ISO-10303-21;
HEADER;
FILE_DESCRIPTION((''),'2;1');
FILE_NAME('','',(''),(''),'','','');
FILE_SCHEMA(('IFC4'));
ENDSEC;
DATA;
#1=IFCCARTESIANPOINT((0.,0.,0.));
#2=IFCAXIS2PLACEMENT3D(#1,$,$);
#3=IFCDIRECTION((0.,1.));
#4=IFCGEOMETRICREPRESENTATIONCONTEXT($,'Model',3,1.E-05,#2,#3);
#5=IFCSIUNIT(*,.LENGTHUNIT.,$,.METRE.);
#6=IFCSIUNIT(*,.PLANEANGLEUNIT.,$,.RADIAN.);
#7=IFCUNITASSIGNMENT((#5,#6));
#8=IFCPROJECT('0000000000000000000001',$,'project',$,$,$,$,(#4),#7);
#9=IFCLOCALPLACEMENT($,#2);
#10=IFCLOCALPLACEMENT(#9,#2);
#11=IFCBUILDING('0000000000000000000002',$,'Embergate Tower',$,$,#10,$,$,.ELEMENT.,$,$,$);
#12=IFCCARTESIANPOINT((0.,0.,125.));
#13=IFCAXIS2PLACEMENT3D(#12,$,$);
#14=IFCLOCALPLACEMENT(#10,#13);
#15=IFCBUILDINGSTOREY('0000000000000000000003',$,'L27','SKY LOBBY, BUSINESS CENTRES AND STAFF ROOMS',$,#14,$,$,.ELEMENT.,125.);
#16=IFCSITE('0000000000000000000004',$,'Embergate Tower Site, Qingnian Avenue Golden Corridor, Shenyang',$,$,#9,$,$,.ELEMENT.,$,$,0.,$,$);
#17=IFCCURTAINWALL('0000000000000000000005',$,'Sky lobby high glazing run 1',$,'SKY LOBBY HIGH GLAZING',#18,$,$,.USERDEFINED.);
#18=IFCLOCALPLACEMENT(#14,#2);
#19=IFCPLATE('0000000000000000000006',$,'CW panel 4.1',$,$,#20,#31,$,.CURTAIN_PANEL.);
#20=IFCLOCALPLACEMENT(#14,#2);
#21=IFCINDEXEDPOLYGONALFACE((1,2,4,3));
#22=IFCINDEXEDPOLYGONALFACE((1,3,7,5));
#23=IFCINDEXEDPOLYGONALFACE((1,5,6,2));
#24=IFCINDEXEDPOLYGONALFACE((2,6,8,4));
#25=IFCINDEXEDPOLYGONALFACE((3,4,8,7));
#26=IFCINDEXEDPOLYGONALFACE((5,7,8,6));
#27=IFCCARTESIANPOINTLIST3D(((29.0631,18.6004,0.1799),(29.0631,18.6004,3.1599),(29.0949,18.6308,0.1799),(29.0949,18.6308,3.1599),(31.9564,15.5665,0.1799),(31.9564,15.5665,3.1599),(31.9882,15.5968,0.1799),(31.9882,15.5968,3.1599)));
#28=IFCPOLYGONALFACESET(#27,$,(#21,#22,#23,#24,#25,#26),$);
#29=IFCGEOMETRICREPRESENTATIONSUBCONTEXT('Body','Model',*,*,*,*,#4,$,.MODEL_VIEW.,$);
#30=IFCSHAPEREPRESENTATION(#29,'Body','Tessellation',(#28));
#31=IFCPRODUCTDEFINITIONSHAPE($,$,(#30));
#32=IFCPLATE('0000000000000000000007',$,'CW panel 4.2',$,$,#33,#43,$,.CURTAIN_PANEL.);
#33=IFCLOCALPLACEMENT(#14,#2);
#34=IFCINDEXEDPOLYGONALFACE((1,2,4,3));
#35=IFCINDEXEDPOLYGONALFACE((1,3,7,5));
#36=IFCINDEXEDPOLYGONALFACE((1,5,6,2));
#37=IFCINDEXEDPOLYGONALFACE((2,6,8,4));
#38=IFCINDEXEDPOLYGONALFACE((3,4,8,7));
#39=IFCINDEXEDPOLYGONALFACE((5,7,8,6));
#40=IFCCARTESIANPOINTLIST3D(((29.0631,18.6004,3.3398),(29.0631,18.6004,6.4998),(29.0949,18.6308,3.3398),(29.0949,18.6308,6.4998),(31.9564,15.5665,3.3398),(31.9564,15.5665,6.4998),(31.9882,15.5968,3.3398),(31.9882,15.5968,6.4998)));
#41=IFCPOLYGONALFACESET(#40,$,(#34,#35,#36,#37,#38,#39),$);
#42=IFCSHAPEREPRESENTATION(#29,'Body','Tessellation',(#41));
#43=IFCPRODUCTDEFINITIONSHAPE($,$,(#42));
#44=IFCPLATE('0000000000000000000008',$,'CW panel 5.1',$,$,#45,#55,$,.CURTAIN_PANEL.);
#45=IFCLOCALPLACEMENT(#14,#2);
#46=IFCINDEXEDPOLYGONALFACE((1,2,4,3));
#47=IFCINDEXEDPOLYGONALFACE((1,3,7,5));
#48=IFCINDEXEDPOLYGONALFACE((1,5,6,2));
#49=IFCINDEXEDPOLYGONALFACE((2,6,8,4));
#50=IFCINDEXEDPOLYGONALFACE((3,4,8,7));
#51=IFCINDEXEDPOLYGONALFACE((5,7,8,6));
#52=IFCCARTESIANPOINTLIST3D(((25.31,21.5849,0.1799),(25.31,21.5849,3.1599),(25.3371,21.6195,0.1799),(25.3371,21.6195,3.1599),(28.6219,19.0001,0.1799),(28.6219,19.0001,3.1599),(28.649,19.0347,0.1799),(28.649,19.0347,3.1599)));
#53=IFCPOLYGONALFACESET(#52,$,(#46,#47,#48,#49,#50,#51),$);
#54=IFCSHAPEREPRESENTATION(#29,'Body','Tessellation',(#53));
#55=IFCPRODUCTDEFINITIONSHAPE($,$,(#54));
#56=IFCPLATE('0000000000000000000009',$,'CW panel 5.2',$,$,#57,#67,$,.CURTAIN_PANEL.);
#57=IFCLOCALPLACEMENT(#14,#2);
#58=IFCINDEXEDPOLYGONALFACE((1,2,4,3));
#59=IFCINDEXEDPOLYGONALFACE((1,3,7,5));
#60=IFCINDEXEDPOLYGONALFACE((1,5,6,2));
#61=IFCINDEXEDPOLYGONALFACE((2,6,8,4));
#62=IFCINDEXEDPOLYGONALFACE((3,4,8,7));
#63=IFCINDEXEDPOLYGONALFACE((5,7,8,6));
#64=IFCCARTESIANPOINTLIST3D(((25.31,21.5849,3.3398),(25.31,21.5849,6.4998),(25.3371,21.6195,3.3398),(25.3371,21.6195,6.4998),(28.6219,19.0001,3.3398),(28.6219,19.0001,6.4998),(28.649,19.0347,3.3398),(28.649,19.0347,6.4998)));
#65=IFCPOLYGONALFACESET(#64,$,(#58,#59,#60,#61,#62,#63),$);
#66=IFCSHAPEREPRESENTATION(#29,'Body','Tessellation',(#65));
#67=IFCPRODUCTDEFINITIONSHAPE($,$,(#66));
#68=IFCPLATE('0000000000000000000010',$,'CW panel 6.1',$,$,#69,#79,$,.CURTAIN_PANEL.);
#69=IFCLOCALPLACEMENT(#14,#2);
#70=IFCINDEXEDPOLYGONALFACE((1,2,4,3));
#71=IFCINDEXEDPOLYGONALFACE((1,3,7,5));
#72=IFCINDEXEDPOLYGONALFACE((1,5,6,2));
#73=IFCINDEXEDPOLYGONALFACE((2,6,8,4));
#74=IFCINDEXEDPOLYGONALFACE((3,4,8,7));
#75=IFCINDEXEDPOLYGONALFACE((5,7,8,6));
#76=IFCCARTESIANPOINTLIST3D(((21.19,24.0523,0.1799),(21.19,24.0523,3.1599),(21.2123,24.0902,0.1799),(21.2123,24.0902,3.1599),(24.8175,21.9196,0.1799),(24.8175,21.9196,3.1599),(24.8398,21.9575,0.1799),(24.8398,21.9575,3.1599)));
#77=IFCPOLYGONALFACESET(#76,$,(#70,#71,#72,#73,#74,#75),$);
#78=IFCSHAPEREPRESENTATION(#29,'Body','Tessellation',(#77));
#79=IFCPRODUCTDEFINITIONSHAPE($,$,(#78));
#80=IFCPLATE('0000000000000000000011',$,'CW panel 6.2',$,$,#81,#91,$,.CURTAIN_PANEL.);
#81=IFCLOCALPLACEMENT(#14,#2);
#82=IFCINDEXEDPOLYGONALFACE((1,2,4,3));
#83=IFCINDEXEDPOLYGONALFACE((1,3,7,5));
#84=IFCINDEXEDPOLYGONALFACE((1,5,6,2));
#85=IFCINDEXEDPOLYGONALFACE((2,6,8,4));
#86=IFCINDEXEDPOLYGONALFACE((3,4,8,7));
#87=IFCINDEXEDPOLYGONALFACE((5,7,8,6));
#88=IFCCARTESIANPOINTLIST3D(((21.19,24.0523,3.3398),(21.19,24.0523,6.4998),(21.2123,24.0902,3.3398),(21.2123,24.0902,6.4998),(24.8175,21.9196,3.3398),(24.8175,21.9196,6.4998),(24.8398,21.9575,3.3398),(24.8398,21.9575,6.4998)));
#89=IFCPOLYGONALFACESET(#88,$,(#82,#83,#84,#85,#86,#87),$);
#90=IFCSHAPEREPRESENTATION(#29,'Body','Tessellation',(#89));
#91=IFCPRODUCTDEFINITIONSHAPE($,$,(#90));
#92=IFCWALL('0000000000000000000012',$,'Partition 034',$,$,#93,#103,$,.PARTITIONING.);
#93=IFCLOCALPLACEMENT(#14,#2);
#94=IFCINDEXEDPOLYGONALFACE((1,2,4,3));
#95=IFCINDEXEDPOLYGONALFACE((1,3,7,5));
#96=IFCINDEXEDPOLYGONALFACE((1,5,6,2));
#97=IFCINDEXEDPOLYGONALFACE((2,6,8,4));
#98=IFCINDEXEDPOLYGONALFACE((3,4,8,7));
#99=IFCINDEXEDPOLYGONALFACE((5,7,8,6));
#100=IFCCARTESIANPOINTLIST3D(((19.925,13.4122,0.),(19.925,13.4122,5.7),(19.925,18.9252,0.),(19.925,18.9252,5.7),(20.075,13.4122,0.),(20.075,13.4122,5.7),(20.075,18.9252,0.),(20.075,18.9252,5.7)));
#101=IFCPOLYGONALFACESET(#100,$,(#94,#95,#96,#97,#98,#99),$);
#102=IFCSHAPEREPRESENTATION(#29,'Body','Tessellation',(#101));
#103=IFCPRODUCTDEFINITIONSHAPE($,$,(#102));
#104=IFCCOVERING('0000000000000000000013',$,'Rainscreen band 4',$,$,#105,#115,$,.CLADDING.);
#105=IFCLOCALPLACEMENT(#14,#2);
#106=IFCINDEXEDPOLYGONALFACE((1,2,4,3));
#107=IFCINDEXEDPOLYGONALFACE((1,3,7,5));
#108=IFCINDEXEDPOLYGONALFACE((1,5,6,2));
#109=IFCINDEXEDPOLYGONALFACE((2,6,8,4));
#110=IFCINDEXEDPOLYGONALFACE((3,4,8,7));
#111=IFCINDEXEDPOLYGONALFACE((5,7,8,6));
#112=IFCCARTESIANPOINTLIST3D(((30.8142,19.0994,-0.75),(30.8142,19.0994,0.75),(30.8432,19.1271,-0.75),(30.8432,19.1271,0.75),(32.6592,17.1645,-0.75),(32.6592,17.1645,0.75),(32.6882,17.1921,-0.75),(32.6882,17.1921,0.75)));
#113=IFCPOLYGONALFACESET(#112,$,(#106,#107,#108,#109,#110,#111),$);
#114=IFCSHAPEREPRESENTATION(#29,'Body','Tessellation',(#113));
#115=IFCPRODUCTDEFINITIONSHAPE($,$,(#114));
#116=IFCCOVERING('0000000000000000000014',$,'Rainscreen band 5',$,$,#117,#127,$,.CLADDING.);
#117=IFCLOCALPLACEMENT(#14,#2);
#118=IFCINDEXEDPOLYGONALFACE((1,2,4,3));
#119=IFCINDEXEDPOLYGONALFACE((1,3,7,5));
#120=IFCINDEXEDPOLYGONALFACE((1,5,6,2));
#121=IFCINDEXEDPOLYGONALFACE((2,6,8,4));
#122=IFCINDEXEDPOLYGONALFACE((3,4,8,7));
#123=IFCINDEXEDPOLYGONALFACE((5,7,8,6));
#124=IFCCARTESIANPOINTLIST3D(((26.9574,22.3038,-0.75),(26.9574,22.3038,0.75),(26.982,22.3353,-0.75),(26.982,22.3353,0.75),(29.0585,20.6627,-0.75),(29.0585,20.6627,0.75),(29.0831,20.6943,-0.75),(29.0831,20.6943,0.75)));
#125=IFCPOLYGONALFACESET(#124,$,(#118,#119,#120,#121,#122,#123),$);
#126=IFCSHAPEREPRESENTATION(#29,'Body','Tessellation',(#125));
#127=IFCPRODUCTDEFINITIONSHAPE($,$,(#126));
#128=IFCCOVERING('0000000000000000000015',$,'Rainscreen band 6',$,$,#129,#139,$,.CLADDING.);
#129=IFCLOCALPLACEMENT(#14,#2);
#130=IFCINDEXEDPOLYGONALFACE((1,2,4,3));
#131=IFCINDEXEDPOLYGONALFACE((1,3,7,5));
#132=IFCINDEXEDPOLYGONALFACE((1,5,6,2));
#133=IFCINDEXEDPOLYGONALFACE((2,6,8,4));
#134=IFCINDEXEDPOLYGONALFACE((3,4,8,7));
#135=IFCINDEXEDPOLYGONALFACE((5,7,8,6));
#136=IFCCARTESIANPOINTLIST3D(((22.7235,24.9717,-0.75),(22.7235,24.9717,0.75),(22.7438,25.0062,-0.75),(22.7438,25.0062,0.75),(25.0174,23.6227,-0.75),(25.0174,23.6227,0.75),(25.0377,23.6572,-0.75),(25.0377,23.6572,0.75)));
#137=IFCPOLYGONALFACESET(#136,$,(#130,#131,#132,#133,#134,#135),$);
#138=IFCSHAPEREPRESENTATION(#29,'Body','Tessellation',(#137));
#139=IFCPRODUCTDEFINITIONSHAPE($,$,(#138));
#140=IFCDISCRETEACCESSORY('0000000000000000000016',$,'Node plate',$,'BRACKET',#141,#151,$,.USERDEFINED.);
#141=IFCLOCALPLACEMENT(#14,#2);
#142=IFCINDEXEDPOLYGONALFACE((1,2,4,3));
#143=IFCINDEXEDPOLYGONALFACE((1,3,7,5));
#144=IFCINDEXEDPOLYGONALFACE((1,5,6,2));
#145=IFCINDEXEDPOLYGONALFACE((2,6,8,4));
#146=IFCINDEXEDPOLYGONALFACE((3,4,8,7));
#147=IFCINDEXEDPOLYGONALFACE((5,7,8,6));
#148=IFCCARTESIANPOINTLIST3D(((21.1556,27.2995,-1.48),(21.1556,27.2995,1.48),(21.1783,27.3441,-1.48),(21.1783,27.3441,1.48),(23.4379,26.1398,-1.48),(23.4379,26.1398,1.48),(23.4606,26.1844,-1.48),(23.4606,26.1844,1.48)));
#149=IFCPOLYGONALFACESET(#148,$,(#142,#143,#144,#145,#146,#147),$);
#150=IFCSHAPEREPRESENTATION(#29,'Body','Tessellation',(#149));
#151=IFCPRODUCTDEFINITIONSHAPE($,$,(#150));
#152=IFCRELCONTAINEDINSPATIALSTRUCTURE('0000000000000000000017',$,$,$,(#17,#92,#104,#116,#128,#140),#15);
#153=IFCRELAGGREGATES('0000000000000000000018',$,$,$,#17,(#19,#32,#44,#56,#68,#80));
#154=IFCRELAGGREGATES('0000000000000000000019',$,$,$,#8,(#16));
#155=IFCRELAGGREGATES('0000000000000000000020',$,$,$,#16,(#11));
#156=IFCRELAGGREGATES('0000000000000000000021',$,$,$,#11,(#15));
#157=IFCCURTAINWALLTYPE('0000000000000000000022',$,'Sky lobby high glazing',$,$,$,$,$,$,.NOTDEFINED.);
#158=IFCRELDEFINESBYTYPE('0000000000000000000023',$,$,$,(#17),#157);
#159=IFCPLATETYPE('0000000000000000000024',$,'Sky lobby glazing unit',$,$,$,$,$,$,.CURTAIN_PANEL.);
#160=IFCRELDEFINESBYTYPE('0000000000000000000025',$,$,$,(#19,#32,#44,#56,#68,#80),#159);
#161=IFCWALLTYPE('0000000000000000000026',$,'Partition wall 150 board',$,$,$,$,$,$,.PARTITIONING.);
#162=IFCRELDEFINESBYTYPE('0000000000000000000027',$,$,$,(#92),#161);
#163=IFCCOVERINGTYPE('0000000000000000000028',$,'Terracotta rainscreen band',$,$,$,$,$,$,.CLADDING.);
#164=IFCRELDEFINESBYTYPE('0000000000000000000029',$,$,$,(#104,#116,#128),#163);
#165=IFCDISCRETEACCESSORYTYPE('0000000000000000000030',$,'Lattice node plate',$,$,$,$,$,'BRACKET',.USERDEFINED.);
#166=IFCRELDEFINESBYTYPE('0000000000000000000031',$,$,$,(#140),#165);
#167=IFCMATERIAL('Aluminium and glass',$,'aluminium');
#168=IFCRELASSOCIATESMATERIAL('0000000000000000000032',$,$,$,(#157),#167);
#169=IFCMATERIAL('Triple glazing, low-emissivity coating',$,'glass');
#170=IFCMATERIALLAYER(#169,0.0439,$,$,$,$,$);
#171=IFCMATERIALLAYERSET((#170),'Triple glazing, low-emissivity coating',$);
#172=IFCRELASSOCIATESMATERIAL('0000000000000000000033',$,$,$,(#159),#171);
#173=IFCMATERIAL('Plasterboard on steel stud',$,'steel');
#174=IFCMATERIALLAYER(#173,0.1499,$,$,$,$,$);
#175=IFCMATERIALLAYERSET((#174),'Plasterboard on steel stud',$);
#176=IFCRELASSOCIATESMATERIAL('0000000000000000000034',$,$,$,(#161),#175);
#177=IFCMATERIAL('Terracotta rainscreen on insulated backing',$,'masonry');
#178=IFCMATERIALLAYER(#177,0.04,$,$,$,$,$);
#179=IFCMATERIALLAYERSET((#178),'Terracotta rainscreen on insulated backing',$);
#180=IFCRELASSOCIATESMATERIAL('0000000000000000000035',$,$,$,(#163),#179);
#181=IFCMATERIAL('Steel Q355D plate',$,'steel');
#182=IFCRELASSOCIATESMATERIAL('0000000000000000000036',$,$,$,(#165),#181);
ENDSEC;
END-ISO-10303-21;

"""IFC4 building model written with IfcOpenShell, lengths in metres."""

from ifc_helpers import new_model, si_unit, direction, frame, frame_2d, origin, origin_2d, place, context, subcontext, project, spatial, rectangle, extrude, source, transform, mapped, material, layer, layer_set, type_object, element, aggregate, save


model = new_model("IFC4")

# Units and contexts
model_context = context("Model", 3, precision=1e-05, world=origin(), true_north=direction((0.0, 1.0)))
body_context = subcontext(model_context, "Body", "Model", "MODEL_VIEW")
ifc_project = project(units=[si_unit("LENGTHUNIT", "METRE"), si_unit("PLANEANGLEUNIT", "RADIAN")], contexts=[model_context])

# Site, building, storey
site_placement = place(None, origin())
site = spatial("IfcSite", under=ifc_project, at=site_placement, Name="Embergate Tower Site, Qingnian Avenue Golden Corridor, Shenyang", CompositionType="ELEMENT", RefElevation=0.0)
building_placement = place(site_placement, origin())
building = spatial("IfcBuilding", under=site, at=building_placement, Name="Embergate Tower", CompositionType="ELEMENT")
storey_placement = place(building_placement, frame((0.0, 0.0, 125.0)))
storey = spatial("IfcBuildingStorey", under=building, at=storey_placement, Name="L27", Description="SKY LOBBY, BUSINESS CENTRES AND STAFF ROOMS", CompositionType="ELEMENT", Elevation=125.0)

# Curtain wall, plates
ifc_material_1 = material(Name="Aluminium and glass", Category="aluminium")
curtain_wall_type = type_object("IfcCurtainWallType", Name="Sky lobby high glazing", PredefinedType="NOTDEFINED", material=ifc_material_1)
curtain_wall_placement = place(storey_placement, origin())
curtain_wall = element("IfcCurtainWall", 1, at=curtain_wall_placement, inside=storey, type_object=curtain_wall_type, Name="Sky lobby high glazing run 1", ObjectType="SKY LOBBY HIGH GLAZING", PredefinedType="USERDEFINED")
ifc_material_2 = material(Name="Triple glazing, low-emissivity coating", Category="glass")
ifc_layer_1 = layer(ifc_material_2, 0.0439)
ifc_layer_set_1 = layer_set([ifc_layer_1], Name="Triple glazing, low-emissivity coating")
plate_type = type_object("IfcPlateType", Name="Sky lobby glazing unit", PredefinedType="CURTAIN_PANEL", material=ifc_layer_set_1)
shared_shape_1 = source(origin(), body_context, "Body", "SweptSolid", [
    extrude(rectangle(XDim=4.1924, YDim=0.0439, at=origin_2d()), origin(), (0.0, 0.0, 1.0), 2.98),
])
plate_1_placement = place(storey_placement, frame((30.5256, 17.0986, 0.1799), z_axis=(0.0, 0.0, 1.0), x_axis=(-0.690139, 0.723677, 0.0)))
plate_1 = element("IfcPlate", 2, at=plate_1_placement, type_object=plate_type, Name="CW panel 4.1", PredefinedType="CURTAIN_PANEL", context=body_context, shape_type="MappedRepresentation", body=[
    mapped(shared_shape_1, transform((0.0, 0.0, 0.0))),
])
shared_shape_2 = source(origin(), body_context, "Body", "SweptSolid", [
    extrude(rectangle(XDim=4.1924, YDim=0.0439, at=origin_2d()), origin(), (0.0, 0.0, 1.0), 3.1599),
])
plate_2_placement = place(storey_placement, frame((30.5256, 17.0986, 3.3398), z_axis=(0.0, 0.0, 1.0), x_axis=(-0.690139, 0.723677, 0.0)))
plate_2 = element("IfcPlate", 3, at=plate_2_placement, type_object=plate_type, Name="CW panel 4.2", PredefinedType="CURTAIN_PANEL", context=body_context, shape_type="MappedRepresentation", body=[
    mapped(shared_shape_2, transform((0.0, 0.0, 0.0))),
])
shared_shape_3 = source(origin(), body_context, "Body", "SweptSolid", [
    extrude(rectangle(XDim=4.2012, YDim=0.0439, at=origin_2d()), origin(), (0.0, 0.0, 1.0), 2.98),
])
plate_3_placement = place(storey_placement, frame((26.9795, 20.3098, 0.1799), z_axis=(0.0, 0.0, 1.0), x_axis=(-0.788323, 0.615261, 0.0)))
plate_3 = element("IfcPlate", 4, at=plate_3_placement, type_object=plate_type, Name="CW panel 5.1", PredefinedType="CURTAIN_PANEL", context=body_context, shape_type="MappedRepresentation", body=[
    mapped(shared_shape_3, transform((0.0, 0.0, 0.0))),
])
shared_shape_4 = source(origin(), body_context, "Body", "SweptSolid", [
    extrude(rectangle(XDim=4.2012, YDim=0.0439, at=origin_2d()), origin(), (0.0, 0.0, 1.0), 3.1599),
])
plate_4_placement = place(storey_placement, frame((26.9795, 20.3098, 3.3398), z_axis=(0.0, 0.0, 1.0), x_axis=(-0.788323, 0.615261, 0.0)))
plate_4 = element("IfcPlate", 5, at=plate_4_placement, type_object=plate_type, Name="CW panel 5.2", PredefinedType="CURTAIN_PANEL", context=body_context, shape_type="MappedRepresentation", body=[
    mapped(shared_shape_4, transform((0.0, 0.0, 0.0))),
])
shared_shape_5 = source(origin(), body_context, "Body", "SweptSolid", [
    extrude(rectangle(XDim=4.208, YDim=0.0439, at=origin_2d()), origin(), (0.0, 0.0, 1.0), 2.98),
])
plate_5_placement = place(storey_placement, frame((23.0149, 23.0049, 0.1799), z_axis=(0.0, 0.0, 1.0), x_axis=(-0.862055, 0.506815, 0.0)))
plate_5 = element("IfcPlate", 6, at=plate_5_placement, type_object=plate_type, Name="CW panel 6.1", PredefinedType="CURTAIN_PANEL", context=body_context, shape_type="MappedRepresentation", body=[
    mapped(shared_shape_5, transform((0.0, 0.0, 0.0))),
])
shared_shape_6 = source(origin(), body_context, "Body", "SweptSolid", [
    extrude(rectangle(XDim=4.208, YDim=0.0439, at=origin_2d()), origin(), (0.0, 0.0, 1.0), 3.1599),
])
plate_6_placement = place(storey_placement, frame((23.0149, 23.0049, 3.3398), z_axis=(0.0, 0.0, 1.0), x_axis=(-0.862055, 0.506815, 0.0)))
plate_6 = element("IfcPlate", 7, at=plate_6_placement, type_object=plate_type, Name="CW panel 6.2", PredefinedType="CURTAIN_PANEL", context=body_context, shape_type="MappedRepresentation", body=[
    mapped(shared_shape_6, transform((0.0, 0.0, 0.0))),
])
aggregate(curtain_wall, [plate_1, plate_2, plate_3, plate_4, plate_5, plate_6])

# Wall
ifc_material_3 = material(Name="Plasterboard on steel stud", Category="steel")
ifc_layer_2 = layer(ifc_material_3, 0.1499)
ifc_layer_set_2 = layer_set([ifc_layer_2], Name="Plasterboard on steel stud")
wall_type = type_object("IfcWallType", Name="Partition wall 150 board", PredefinedType="PARTITIONING", material=ifc_layer_set_2)
shared_shape_7 = source(origin(), body_context, "Body", "SweptSolid", [
    extrude(rectangle(XDim=5.5129, YDim=0.1499, at=frame_2d((2.7563, 0.0))), origin(), (0.0, 0.0, 1.0), 5.7),
])
wall_placement = place(storey_placement, frame((20.0, 18.925, 0.0), z_axis=(0.0, 0.0, 1.0), x_axis=(0.0, -1.0, 0.0)))
element("IfcWall", 8, at=wall_placement, inside=storey, type_object=wall_type, Name="Partition 034", PredefinedType="PARTITIONING", context=body_context, shape_type="MappedRepresentation", body=[
    mapped(shared_shape_7, transform((0.0, 0.0, 0.0))),
])

# Coverings
ifc_material_4 = material(Name="Terracotta rainscreen on insulated backing", Category="masonry")
ifc_layer_3 = layer(ifc_material_4, 0.04)
ifc_layer_set_3 = layer_set([ifc_layer_3], Name="Terracotta rainscreen on insulated backing")
covering_type = type_object("IfcCoveringType", Name="Terracotta rainscreen band", PredefinedType="CLADDING", material=ifc_layer_set_3)
shared_shape_8 = source(origin(), body_context, "Body", "SweptSolid", [
    extrude(rectangle(XDim=2.6736, YDim=0.04, at=origin_2d()), origin(), (0.0, 0.0, 1.0), 1.5),
])
covering_1_placement = place(storey_placement, frame((31.7512, 18.1458, -0.75), z_axis=(0.0, 0.0, 1.0), x_axis=(-0.690076, 0.723737, 0.0)))
element("IfcCovering", 9, at=covering_1_placement, inside=storey, type_object=covering_type, Name="Rainscreen band 4", PredefinedType="CLADDING", context=body_context, shape_type="MappedRepresentation", body=[
    mapped(shared_shape_8, transform((0.0, 0.0, 0.0))),
])
shared_shape_9 = source(origin(), body_context, "Body", "SweptSolid", [
    extrude(rectangle(XDim=2.666, YDim=0.04, at=origin_2d()), origin(), (0.0, 0.0, 1.0), 1.5),
])
covering_2_placement = place(storey_placement, frame((28.0203, 21.499, -0.75), z_axis=(0.0, 0.0, 1.0), x_axis=(-0.788098, 0.61555, 0.0)))
element("IfcCovering", 10, at=covering_2_placement, inside=storey, type_object=covering_type, Name="Rainscreen band 5", PredefinedType="CLADDING", context=body_context, shape_type="MappedRepresentation", body=[
    mapped(shared_shape_9, transform((0.0, 0.0, 0.0))),
])
shared_shape_10 = source(origin(), body_context, "Body", "SweptSolid", [
    extrude(rectangle(XDim=2.6611, YDim=0.04, at=origin_2d()), origin(), (0.0, 0.0, 1.0), 1.5),
])
covering_3_placement = place(storey_placement, frame((23.8806, 24.3145, -0.75), z_axis=(0.0, 0.0, 1.0), x_axis=(-0.862002, 0.506905, 0.0)))
element("IfcCovering", 11, at=covering_3_placement, inside=storey, type_object=covering_type, Name="Rainscreen band 6", PredefinedType="CLADDING", context=body_context, shape_type="MappedRepresentation", body=[
    mapped(shared_shape_10, transform((0.0, 0.0, 0.0))),
])

# Discrete accessory
ifc_material_5 = material(Name="Steel Q355D plate", Category="steel")
discrete_accessory_type = type_object("IfcDiscreteAccessoryType", Name="Lattice node plate", ElementType="BRACKET", PredefinedType="USERDEFINED", material=ifc_material_5)
shared_shape_11 = source(origin(), body_context, "Body", "SweptSolid", [
    extrude(rectangle(XDim=2.5601, YDim=0.05, at=origin_2d()), origin(), (0.0, 0.0, 1.0), 2.96),
])
discrete_accessory_placement = place(storey_placement, frame((22.3081, 26.7419, -1.48), z_axis=(0.0, 0.0, 1.0), x_axis=(-0.891513, 0.452995, 0.0)))
element("IfcDiscreteAccessory", 12, at=discrete_accessory_placement, inside=storey, type_object=discrete_accessory_type, Name="Node plate", ObjectType="BRACKET", PredefinedType="USERDEFINED", context=body_context, shape_type="MappedRepresentation", body=[
    mapped(shared_shape_11, transform((0.0, 0.0, 0.0))),
])

save(model, "model.ifc")
